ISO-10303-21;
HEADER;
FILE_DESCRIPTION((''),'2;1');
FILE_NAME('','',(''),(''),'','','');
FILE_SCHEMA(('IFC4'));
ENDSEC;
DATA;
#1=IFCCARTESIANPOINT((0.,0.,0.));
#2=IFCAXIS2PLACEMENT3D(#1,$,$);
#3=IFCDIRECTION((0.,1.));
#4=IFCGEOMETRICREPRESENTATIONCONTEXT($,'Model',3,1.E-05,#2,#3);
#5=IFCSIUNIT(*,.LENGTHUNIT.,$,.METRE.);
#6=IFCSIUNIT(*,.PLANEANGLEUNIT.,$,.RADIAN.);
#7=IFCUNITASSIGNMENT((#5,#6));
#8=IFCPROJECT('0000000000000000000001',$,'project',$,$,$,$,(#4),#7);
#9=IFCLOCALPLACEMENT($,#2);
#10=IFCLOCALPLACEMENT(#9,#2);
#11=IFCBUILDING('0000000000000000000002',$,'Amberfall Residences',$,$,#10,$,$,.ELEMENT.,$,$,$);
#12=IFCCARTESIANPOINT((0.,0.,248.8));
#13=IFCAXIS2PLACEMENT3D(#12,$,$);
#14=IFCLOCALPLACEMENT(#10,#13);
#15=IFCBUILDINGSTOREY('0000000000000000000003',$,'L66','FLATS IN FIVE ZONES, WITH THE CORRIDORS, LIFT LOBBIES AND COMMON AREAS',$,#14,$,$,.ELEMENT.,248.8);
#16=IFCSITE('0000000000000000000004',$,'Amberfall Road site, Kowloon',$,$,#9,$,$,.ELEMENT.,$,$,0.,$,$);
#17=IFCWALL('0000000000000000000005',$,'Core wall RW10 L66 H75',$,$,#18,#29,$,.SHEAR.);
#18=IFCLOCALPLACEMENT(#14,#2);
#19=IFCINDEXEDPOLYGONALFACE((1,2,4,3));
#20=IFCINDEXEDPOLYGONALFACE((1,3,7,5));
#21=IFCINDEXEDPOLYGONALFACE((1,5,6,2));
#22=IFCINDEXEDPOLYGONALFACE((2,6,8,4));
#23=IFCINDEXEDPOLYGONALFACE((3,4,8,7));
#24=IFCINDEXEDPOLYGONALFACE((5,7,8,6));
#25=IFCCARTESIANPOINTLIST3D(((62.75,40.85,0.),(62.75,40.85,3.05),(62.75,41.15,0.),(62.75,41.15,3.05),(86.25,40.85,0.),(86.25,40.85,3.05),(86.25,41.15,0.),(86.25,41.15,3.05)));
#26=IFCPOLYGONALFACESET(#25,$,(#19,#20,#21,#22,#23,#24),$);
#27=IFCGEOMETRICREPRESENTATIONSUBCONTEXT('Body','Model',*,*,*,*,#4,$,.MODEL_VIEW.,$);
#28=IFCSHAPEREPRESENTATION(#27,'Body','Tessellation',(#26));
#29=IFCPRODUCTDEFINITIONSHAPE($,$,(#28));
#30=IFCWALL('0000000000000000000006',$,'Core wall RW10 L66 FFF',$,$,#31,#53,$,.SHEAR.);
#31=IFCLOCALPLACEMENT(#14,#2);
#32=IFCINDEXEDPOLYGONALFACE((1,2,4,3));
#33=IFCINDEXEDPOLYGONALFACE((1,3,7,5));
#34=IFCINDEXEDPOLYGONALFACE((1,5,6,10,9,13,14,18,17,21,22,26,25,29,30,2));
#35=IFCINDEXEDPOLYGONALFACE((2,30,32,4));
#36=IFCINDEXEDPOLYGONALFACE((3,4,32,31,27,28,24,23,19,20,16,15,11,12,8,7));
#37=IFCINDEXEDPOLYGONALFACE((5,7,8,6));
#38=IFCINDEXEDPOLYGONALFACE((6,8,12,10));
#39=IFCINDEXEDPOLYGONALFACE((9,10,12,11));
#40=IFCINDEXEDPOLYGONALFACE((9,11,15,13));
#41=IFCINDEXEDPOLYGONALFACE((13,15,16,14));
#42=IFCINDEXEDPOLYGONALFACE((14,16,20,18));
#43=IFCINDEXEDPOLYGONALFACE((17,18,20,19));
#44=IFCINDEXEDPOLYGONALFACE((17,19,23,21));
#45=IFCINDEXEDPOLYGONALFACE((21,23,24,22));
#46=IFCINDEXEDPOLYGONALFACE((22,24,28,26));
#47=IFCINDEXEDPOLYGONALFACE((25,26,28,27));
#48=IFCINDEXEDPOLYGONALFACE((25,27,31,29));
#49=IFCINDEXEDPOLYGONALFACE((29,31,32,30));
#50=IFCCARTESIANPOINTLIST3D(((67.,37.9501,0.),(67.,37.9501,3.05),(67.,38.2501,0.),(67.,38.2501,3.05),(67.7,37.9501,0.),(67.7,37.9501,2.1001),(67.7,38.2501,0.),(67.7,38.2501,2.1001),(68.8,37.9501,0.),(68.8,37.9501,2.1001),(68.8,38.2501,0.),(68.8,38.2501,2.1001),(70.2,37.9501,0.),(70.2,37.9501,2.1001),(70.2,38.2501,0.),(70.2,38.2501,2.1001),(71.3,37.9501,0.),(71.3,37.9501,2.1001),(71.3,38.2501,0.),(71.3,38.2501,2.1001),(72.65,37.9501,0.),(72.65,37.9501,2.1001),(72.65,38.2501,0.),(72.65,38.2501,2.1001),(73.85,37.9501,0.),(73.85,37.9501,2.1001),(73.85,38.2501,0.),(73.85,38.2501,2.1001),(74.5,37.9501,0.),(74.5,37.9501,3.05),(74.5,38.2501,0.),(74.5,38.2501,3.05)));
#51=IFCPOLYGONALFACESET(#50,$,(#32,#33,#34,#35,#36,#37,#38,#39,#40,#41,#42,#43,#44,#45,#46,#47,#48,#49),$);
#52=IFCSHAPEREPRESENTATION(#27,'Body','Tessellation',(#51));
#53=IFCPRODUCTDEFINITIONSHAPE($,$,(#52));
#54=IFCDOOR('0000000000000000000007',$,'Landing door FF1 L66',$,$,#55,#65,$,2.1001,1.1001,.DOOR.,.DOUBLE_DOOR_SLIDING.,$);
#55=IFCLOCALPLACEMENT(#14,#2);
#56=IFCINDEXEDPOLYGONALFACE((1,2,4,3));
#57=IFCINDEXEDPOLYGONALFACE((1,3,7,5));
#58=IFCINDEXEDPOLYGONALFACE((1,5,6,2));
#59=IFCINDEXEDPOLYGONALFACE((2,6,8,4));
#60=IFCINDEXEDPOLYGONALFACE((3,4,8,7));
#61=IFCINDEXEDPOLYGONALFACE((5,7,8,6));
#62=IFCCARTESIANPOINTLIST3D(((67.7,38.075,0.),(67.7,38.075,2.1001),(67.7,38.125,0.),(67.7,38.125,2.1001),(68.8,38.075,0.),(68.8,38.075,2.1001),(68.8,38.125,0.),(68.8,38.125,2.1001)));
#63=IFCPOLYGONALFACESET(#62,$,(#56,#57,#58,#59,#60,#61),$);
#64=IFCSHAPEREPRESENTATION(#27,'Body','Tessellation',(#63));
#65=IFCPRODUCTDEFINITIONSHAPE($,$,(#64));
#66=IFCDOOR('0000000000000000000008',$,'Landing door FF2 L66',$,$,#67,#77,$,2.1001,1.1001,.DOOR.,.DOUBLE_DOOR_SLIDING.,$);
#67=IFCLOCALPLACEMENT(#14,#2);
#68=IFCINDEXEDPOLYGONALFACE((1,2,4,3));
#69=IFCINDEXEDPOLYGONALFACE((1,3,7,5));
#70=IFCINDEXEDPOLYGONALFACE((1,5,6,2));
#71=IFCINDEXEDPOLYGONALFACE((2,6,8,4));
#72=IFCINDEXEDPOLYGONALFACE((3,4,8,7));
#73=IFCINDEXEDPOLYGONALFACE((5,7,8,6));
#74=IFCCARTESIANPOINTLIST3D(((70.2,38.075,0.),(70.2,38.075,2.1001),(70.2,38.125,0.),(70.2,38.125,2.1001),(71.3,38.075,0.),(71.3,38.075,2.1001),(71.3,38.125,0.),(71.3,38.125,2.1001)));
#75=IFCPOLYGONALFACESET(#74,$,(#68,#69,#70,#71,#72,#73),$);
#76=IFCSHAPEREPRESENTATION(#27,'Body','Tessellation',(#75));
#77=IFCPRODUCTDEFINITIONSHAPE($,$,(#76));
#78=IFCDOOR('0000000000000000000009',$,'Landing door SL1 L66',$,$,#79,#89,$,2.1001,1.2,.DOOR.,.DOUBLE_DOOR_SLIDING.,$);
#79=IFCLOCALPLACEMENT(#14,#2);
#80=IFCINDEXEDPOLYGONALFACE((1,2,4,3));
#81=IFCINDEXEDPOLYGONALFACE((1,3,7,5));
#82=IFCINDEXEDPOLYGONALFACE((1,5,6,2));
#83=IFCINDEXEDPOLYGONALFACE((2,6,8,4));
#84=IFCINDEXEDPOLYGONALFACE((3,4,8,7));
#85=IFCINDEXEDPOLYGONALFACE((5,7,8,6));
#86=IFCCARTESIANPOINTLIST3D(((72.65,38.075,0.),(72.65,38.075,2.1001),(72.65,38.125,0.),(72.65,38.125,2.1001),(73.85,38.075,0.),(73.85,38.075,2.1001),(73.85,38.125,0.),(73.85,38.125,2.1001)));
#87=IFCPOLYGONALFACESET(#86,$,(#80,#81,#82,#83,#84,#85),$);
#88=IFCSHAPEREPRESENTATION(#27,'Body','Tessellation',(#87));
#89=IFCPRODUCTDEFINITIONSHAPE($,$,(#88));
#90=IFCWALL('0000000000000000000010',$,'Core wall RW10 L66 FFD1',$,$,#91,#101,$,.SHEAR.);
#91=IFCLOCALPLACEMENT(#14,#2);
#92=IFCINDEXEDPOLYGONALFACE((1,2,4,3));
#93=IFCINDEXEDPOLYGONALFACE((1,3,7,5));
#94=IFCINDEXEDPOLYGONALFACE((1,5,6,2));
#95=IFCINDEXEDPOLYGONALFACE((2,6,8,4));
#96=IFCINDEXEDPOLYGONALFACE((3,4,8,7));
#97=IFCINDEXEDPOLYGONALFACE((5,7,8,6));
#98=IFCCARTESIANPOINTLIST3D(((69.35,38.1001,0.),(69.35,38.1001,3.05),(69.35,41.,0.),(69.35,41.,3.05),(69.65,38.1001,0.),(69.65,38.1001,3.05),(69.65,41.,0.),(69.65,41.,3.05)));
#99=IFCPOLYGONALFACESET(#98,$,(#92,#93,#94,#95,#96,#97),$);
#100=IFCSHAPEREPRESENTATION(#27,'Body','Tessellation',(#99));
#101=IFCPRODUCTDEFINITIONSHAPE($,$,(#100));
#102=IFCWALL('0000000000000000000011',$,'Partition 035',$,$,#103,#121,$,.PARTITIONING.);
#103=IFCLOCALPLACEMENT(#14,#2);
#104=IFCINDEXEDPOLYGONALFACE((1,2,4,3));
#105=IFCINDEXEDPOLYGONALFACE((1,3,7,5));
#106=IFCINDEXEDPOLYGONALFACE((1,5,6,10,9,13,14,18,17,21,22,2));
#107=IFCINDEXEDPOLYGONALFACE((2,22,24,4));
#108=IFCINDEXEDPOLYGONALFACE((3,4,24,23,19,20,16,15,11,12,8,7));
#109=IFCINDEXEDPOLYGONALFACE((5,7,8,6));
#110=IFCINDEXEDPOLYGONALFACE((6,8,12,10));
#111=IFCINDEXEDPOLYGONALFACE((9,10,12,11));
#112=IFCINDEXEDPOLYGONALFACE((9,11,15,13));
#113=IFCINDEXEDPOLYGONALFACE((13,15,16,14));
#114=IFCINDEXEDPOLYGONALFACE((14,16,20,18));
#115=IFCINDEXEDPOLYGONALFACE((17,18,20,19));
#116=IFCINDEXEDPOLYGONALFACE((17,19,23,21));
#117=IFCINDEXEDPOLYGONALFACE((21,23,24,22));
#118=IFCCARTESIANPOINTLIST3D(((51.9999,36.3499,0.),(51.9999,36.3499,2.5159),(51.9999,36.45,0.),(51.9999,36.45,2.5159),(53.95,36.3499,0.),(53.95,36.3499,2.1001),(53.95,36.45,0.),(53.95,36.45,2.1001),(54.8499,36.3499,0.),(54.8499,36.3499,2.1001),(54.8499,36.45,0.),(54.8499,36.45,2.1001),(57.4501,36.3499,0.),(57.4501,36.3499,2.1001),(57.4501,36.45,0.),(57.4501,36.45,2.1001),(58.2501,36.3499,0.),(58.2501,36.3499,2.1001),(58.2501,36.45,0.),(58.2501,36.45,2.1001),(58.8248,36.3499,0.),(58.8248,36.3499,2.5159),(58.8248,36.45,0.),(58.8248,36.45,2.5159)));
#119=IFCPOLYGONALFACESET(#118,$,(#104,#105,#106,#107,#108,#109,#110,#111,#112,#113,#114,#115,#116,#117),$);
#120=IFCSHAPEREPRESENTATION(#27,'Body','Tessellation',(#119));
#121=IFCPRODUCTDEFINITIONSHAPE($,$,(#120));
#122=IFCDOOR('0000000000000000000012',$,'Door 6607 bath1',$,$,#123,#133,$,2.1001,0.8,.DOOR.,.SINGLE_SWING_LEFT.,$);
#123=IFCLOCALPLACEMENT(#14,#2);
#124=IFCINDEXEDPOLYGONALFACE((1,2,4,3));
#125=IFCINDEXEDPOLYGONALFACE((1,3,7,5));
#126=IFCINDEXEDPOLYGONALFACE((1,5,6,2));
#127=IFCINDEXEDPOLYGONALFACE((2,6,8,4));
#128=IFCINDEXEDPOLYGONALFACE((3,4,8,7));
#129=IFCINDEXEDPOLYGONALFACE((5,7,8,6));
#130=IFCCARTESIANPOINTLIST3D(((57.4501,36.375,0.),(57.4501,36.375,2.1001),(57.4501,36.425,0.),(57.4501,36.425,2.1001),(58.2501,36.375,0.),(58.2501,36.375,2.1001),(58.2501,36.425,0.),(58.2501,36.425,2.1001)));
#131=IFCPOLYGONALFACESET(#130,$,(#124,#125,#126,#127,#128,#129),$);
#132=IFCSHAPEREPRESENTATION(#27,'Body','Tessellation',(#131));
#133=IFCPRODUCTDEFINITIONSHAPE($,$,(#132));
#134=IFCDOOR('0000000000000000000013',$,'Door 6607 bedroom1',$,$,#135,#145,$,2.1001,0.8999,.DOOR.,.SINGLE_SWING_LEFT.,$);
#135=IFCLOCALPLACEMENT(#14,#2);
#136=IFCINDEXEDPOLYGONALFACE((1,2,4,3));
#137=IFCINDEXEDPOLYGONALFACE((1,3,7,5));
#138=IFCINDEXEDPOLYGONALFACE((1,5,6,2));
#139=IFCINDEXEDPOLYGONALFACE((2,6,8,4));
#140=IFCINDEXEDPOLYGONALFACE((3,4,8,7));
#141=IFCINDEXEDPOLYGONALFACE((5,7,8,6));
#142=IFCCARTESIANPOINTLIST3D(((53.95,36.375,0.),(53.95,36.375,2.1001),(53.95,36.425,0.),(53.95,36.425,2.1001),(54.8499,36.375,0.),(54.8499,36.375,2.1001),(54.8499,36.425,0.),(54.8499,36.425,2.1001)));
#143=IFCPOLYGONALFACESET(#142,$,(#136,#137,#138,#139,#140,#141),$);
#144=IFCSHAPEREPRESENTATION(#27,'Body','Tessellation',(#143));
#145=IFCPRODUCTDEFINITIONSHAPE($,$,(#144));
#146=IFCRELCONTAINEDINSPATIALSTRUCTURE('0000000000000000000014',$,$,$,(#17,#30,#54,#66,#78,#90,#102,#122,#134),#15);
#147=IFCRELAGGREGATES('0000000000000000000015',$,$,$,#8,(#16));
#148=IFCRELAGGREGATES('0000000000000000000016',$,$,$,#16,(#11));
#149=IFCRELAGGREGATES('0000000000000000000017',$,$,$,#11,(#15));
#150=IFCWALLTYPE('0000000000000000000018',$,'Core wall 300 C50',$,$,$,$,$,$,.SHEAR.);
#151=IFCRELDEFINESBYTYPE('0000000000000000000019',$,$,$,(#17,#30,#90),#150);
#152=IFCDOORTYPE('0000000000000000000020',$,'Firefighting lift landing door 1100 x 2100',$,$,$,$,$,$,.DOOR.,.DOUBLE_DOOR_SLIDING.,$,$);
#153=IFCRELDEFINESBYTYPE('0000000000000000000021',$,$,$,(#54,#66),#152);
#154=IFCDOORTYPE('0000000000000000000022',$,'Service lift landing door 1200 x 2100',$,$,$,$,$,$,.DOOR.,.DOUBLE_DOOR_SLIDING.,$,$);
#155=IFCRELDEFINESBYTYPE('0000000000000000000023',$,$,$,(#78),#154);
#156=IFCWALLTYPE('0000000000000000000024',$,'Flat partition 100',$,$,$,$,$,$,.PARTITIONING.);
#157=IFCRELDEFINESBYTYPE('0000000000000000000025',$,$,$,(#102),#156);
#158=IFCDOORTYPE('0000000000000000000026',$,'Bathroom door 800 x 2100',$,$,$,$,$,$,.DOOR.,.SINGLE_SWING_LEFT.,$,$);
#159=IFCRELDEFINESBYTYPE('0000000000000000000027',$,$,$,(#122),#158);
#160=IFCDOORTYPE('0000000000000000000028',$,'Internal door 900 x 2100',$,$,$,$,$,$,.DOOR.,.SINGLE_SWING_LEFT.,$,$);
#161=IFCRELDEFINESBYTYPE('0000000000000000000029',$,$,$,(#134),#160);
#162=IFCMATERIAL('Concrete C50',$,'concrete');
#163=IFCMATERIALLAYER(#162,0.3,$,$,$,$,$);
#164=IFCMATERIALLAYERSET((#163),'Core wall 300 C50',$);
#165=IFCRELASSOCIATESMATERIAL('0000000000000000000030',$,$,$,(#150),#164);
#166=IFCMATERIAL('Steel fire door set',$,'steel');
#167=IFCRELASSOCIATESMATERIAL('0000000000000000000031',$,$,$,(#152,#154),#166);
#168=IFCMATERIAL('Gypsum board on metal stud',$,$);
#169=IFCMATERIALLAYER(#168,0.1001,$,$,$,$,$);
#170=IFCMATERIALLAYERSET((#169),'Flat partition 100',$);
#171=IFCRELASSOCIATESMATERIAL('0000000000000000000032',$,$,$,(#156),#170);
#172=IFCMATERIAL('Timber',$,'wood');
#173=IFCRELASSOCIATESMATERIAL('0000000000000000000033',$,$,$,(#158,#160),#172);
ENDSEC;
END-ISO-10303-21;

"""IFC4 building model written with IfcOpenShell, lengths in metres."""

from ifc_helpers import new_model, si_unit, direction, frame, frame_2d, origin, place, context, subcontext, project, spatial, rectangle, extrude, material, layer, layer_set, type_object, element, fill, save


model = new_model("IFC4")

# Units and contexts
model_context = context("Model", 3, precision=1e-05, world=origin(), true_north=direction((0.0, 1.0)))
body_context = subcontext(model_context, "Body", "Model", "MODEL_VIEW")
ifc_project = project(units=[si_unit("LENGTHUNIT", "METRE"), si_unit("PLANEANGLEUNIT", "RADIAN")], contexts=[model_context])

# Site, building, storey
site_placement = place(None, origin())
site = spatial("IfcSite", under=ifc_project, at=site_placement, Name="Amberfall Road site, Kowloon", CompositionType="ELEMENT", RefElevation=0.0)
building_placement = place(site_placement, origin())
building = spatial("IfcBuilding", under=site, at=building_placement, Name="Amberfall Residences", CompositionType="ELEMENT")
storey_placement = place(building_placement, frame((0.0, 0.0, 248.8)))
storey = spatial("IfcBuildingStorey", under=building, at=storey_placement, Name="L66", Description="FLATS IN FIVE ZONES, WITH THE CORRIDORS, LIFT LOBBIES AND COMMON AREAS", CompositionType="ELEMENT", Elevation=248.8)

# Wall
ifc_material_1 = material(Name="Concrete C50", Category="concrete")
ifc_layer_1 = layer(ifc_material_1, 0.3)
ifc_layer_set_1 = layer_set([ifc_layer_1], Name="Core wall 300 C50")
wall_type_1 = type_object("IfcWallType", Name="Core wall 300 C50", PredefinedType="SHEAR", material=ifc_layer_set_1)
wall_1_placement = place(storey_placement, frame((62.75, 41.0, 0.0), z_axis=(0.0, 0.0, 1.0), x_axis=(1.0, 0.0, 0.0)))
element("IfcWall", 1, at=wall_1_placement, inside=storey, type_object=wall_type_1, Name="Core wall RW10 L66 H75", PredefinedType="SHEAR", context=body_context, shape_type="SweptSolid", body=[
    extrude(rectangle(XDim=23.5, YDim=0.3, at=frame_2d((11.75, 0.0))), origin(), (0.0, 0.0, 1.0), 3.05),
])

# Wall, openings, doors
wall_2_placement = place(storey_placement, frame((67.0, 38.1001, 0.0), z_axis=(0.0, 0.0, 1.0), x_axis=(1.0, 0.0, 0.0)))
wall_2 = element("IfcWall", 2, at=wall_2_placement, inside=storey, type_object=wall_type_1, Name="Core wall RW10 L66 FFF", PredefinedType="SHEAR", context=body_context, shape_type="SweptSolid", body=[
    extrude(rectangle(XDim=7.5, YDim=0.3, at=frame_2d((3.75, 0.0))), origin(), (0.0, 0.0, 1.0), 3.05),
])
opening_1_placement = place(wall_2_placement, frame((0.7, 0.0, 0.0)))
opening_1 = element("IfcOpeningElement", 3, at=opening_1_placement, cuts=wall_2, PredefinedType="OPENING", context=body_context, shape_type="SweptSolid", body=[
    extrude(rectangle(XDim=1.1001, YDim=2.1001, at=frame_2d((0.55, 1.05))), frame((0.0, 0.1599, 0.0), z_axis=(0.0, -1.0, 0.0), x_axis=(1.0, 0.0, 0.0)), (0.0, 0.0, 1.0), 0.3201),
])
opening_2_placement = place(wall_2_placement, frame((3.2, 0.0, 0.0)))
opening_2 = element("IfcOpeningElement", 4, at=opening_2_placement, cuts=wall_2, PredefinedType="OPENING", context=body_context, shape_type="SweptSolid", body=[
    extrude(rectangle(XDim=1.1001, YDim=2.1001, at=frame_2d((0.55, 1.05))), frame((0.0, 0.1599, 0.0), z_axis=(0.0, -1.0, 0.0), x_axis=(1.0, 0.0, 0.0)), (0.0, 0.0, 1.0), 0.3201),
])
opening_3_placement = place(wall_2_placement, frame((5.6499, 0.0, 0.0)))
opening_3 = element("IfcOpeningElement", 5, at=opening_3_placement, cuts=wall_2, PredefinedType="OPENING", context=body_context, shape_type="SweptSolid", body=[
    extrude(rectangle(XDim=1.2, YDim=2.1001, at=frame_2d((0.6001, 1.05))), frame((0.0, 0.1599, 0.0), z_axis=(0.0, -1.0, 0.0), x_axis=(1.0, 0.0, 0.0)), (0.0, 0.0, 1.0), 0.3201),
])
ifc_material_2 = material(Name="Steel fire door set", Category="steel")
door_type_1 = type_object("IfcDoorType", Name="Firefighting lift landing door 1100 x 2100", OperationType="DOUBLE_DOOR_SLIDING", PredefinedType="DOOR", material=ifc_material_2)
door_1_placement = place(opening_1_placement, origin())
door_1 = element("IfcDoor", 6, at=door_1_placement, inside=storey, type_object=door_type_1, Name="Landing door FF1 L66", OperationType="DOUBLE_DOOR_SLIDING", OverallHeight=2.1001, OverallWidth=1.1001, PredefinedType="DOOR", context=body_context, shape_type="SweptSolid", body=[
    extrude(rectangle(XDim=1.1001, YDim=2.1001, at=frame_2d((0.55, 1.05))), frame((0.0, 0.0249, 0.0), z_axis=(0.0, -1.0, 0.0), x_axis=(1.0, 0.0, 0.0)), (0.0, 0.0, 1.0), 0.05),
])
fill(opening_1, door_1)
door_2_placement = place(opening_2_placement, origin())
door_2 = element("IfcDoor", 7, at=door_2_placement, inside=storey, type_object=door_type_1, Name="Landing door FF2 L66", OperationType="DOUBLE_DOOR_SLIDING", OverallHeight=2.1001, OverallWidth=1.1001, PredefinedType="DOOR", context=body_context, shape_type="SweptSolid", body=[
    extrude(rectangle(XDim=1.1001, YDim=2.1001, at=frame_2d((0.55, 1.05))), frame((0.0, 0.0249, 0.0), z_axis=(0.0, -1.0, 0.0), x_axis=(1.0, 0.0, 0.0)), (0.0, 0.0, 1.0), 0.05),
])
fill(opening_2, door_2)
door_type_2 = type_object("IfcDoorType", Name="Service lift landing door 1200 x 2100", OperationType="DOUBLE_DOOR_SLIDING", PredefinedType="DOOR", material=ifc_material_2)
door_3_placement = place(opening_3_placement, origin())
door_3 = element("IfcDoor", 8, at=door_3_placement, inside=storey, type_object=door_type_2, Name="Landing door SL1 L66", OperationType="DOUBLE_DOOR_SLIDING", OverallHeight=2.1001, OverallWidth=1.2, PredefinedType="DOOR", context=body_context, shape_type="SweptSolid", body=[
    extrude(rectangle(XDim=1.2, YDim=2.1001, at=frame_2d((0.6001, 1.05))), frame((0.0, 0.0249, 0.0), z_axis=(0.0, -1.0, 0.0), x_axis=(1.0, 0.0, 0.0)), (0.0, 0.0, 1.0), 0.05),
])
fill(opening_3, door_3)

# Wall
wall_3_placement = place(storey_placement, frame((69.5, 38.1001, 0.0), z_axis=(0.0, 0.0, 1.0), x_axis=(0.0, 1.0, 0.0)))
element("IfcWall", 9, at=wall_3_placement, inside=storey, type_object=wall_type_1, Name="Core wall RW10 L66 FFD1", PredefinedType="SHEAR", context=body_context, shape_type="SweptSolid", body=[
    extrude(rectangle(XDim=2.8999, YDim=0.3, at=frame_2d((1.45, 0.0))), origin(), (0.0, 0.0, 1.0), 3.05),
])

# Wall, openings, doors
ifc_material_3 = material(Name="Gypsum board on metal stud")
ifc_layer_2 = layer(ifc_material_3, 0.1001)
ifc_layer_set_2 = layer_set([ifc_layer_2], Name="Flat partition 100")
wall_type_2 = type_object("IfcWallType", Name="Flat partition 100", PredefinedType="PARTITIONING", material=ifc_layer_set_2)
wall_4_placement = place(storey_placement, frame((58.825, 36.3999, 0.0), z_axis=(0.0, 0.0, 1.0), x_axis=(-1.0, 0.0, 0.0)))
wall_4 = element("IfcWall", 10, at=wall_4_placement, inside=storey, type_object=wall_type_2, Name="Partition 035", PredefinedType="PARTITIONING", context=body_context, shape_type="SweptSolid", body=[
    extrude(rectangle(XDim=6.825, YDim=0.1001, at=frame_2d((3.4126, 0.0))), origin(), (0.0, 0.0, 1.0), 2.5159),
])
opening_4_placement = place(wall_4_placement, frame((3.9751, 0.0, 0.0)))
opening_4 = element("IfcOpeningElement", 11, at=opening_4_placement, cuts=wall_4, PredefinedType="OPENING", context=body_context, shape_type="SweptSolid", body=[
    extrude(rectangle(XDim=0.8999, YDim=2.1001, at=frame_2d((0.45, 1.05))), frame((0.0, 0.0601, 0.0), z_axis=(0.0, -1.0, 0.0), x_axis=(1.0, 0.0, 0.0)), (0.0, 0.0, 1.0), 0.1201),
])
opening_5_placement = place(wall_4_placement, frame((0.575, 0.0, 0.0)))
opening_5 = element("IfcOpeningElement", 12, at=opening_5_placement, cuts=wall_4, PredefinedType="OPENING", context=body_context, shape_type="SweptSolid", body=[
    extrude(rectangle(XDim=0.8, YDim=2.1001, at=frame_2d((0.3999, 1.05))), frame((0.0, 0.0601, 0.0), z_axis=(0.0, -1.0, 0.0), x_axis=(1.0, 0.0, 0.0)), (0.0, 0.0, 1.0), 0.1201),
])
ifc_material_4 = material(Name="Timber", Category="wood")
door_type_3 = type_object("IfcDoorType", Name="Bathroom door 800 x 2100", OperationType="SINGLE_SWING_LEFT", PredefinedType="DOOR", material=ifc_material_4)
door_4_placement = place(opening_5_placement, origin())
door_4 = element("IfcDoor", 13, at=door_4_placement, inside=storey, type_object=door_type_3, Name="Door 6607 bath1", OperationType="SINGLE_SWING_LEFT", OverallHeight=2.1001, OverallWidth=0.8, PredefinedType="DOOR", context=body_context, shape_type="SweptSolid", body=[
    extrude(rectangle(XDim=0.8, YDim=2.1001, at=frame_2d((0.3999, 1.05))), frame((0.0, 0.0249, 0.0), z_axis=(0.0, -1.0, 0.0), x_axis=(1.0, 0.0, 0.0)), (0.0, 0.0, 1.0), 0.05),
])
fill(opening_5, door_4)
door_type_4 = type_object("IfcDoorType", Name="Internal door 900 x 2100", OperationType="SINGLE_SWING_LEFT", PredefinedType="DOOR", material=ifc_material_4)
door_5_placement = place(opening_4_placement, origin())
door_5 = element("IfcDoor", 14, at=door_5_placement, inside=storey, type_object=door_type_4, Name="Door 6607 bedroom1", OperationType="SINGLE_SWING_LEFT", OverallHeight=2.1001, OverallWidth=0.8999, PredefinedType="DOOR", context=body_context, shape_type="SweptSolid", body=[
    extrude(rectangle(XDim=0.8999, YDim=2.1001, at=frame_2d((0.45, 1.05))), frame((0.0, 0.0249, 0.0), z_axis=(0.0, -1.0, 0.0), x_axis=(1.0, 0.0, 0.0)), (0.0, 0.0, 1.0), 0.05),
])
fill(opening_4, door_5)

save(model, "model.ifc")
